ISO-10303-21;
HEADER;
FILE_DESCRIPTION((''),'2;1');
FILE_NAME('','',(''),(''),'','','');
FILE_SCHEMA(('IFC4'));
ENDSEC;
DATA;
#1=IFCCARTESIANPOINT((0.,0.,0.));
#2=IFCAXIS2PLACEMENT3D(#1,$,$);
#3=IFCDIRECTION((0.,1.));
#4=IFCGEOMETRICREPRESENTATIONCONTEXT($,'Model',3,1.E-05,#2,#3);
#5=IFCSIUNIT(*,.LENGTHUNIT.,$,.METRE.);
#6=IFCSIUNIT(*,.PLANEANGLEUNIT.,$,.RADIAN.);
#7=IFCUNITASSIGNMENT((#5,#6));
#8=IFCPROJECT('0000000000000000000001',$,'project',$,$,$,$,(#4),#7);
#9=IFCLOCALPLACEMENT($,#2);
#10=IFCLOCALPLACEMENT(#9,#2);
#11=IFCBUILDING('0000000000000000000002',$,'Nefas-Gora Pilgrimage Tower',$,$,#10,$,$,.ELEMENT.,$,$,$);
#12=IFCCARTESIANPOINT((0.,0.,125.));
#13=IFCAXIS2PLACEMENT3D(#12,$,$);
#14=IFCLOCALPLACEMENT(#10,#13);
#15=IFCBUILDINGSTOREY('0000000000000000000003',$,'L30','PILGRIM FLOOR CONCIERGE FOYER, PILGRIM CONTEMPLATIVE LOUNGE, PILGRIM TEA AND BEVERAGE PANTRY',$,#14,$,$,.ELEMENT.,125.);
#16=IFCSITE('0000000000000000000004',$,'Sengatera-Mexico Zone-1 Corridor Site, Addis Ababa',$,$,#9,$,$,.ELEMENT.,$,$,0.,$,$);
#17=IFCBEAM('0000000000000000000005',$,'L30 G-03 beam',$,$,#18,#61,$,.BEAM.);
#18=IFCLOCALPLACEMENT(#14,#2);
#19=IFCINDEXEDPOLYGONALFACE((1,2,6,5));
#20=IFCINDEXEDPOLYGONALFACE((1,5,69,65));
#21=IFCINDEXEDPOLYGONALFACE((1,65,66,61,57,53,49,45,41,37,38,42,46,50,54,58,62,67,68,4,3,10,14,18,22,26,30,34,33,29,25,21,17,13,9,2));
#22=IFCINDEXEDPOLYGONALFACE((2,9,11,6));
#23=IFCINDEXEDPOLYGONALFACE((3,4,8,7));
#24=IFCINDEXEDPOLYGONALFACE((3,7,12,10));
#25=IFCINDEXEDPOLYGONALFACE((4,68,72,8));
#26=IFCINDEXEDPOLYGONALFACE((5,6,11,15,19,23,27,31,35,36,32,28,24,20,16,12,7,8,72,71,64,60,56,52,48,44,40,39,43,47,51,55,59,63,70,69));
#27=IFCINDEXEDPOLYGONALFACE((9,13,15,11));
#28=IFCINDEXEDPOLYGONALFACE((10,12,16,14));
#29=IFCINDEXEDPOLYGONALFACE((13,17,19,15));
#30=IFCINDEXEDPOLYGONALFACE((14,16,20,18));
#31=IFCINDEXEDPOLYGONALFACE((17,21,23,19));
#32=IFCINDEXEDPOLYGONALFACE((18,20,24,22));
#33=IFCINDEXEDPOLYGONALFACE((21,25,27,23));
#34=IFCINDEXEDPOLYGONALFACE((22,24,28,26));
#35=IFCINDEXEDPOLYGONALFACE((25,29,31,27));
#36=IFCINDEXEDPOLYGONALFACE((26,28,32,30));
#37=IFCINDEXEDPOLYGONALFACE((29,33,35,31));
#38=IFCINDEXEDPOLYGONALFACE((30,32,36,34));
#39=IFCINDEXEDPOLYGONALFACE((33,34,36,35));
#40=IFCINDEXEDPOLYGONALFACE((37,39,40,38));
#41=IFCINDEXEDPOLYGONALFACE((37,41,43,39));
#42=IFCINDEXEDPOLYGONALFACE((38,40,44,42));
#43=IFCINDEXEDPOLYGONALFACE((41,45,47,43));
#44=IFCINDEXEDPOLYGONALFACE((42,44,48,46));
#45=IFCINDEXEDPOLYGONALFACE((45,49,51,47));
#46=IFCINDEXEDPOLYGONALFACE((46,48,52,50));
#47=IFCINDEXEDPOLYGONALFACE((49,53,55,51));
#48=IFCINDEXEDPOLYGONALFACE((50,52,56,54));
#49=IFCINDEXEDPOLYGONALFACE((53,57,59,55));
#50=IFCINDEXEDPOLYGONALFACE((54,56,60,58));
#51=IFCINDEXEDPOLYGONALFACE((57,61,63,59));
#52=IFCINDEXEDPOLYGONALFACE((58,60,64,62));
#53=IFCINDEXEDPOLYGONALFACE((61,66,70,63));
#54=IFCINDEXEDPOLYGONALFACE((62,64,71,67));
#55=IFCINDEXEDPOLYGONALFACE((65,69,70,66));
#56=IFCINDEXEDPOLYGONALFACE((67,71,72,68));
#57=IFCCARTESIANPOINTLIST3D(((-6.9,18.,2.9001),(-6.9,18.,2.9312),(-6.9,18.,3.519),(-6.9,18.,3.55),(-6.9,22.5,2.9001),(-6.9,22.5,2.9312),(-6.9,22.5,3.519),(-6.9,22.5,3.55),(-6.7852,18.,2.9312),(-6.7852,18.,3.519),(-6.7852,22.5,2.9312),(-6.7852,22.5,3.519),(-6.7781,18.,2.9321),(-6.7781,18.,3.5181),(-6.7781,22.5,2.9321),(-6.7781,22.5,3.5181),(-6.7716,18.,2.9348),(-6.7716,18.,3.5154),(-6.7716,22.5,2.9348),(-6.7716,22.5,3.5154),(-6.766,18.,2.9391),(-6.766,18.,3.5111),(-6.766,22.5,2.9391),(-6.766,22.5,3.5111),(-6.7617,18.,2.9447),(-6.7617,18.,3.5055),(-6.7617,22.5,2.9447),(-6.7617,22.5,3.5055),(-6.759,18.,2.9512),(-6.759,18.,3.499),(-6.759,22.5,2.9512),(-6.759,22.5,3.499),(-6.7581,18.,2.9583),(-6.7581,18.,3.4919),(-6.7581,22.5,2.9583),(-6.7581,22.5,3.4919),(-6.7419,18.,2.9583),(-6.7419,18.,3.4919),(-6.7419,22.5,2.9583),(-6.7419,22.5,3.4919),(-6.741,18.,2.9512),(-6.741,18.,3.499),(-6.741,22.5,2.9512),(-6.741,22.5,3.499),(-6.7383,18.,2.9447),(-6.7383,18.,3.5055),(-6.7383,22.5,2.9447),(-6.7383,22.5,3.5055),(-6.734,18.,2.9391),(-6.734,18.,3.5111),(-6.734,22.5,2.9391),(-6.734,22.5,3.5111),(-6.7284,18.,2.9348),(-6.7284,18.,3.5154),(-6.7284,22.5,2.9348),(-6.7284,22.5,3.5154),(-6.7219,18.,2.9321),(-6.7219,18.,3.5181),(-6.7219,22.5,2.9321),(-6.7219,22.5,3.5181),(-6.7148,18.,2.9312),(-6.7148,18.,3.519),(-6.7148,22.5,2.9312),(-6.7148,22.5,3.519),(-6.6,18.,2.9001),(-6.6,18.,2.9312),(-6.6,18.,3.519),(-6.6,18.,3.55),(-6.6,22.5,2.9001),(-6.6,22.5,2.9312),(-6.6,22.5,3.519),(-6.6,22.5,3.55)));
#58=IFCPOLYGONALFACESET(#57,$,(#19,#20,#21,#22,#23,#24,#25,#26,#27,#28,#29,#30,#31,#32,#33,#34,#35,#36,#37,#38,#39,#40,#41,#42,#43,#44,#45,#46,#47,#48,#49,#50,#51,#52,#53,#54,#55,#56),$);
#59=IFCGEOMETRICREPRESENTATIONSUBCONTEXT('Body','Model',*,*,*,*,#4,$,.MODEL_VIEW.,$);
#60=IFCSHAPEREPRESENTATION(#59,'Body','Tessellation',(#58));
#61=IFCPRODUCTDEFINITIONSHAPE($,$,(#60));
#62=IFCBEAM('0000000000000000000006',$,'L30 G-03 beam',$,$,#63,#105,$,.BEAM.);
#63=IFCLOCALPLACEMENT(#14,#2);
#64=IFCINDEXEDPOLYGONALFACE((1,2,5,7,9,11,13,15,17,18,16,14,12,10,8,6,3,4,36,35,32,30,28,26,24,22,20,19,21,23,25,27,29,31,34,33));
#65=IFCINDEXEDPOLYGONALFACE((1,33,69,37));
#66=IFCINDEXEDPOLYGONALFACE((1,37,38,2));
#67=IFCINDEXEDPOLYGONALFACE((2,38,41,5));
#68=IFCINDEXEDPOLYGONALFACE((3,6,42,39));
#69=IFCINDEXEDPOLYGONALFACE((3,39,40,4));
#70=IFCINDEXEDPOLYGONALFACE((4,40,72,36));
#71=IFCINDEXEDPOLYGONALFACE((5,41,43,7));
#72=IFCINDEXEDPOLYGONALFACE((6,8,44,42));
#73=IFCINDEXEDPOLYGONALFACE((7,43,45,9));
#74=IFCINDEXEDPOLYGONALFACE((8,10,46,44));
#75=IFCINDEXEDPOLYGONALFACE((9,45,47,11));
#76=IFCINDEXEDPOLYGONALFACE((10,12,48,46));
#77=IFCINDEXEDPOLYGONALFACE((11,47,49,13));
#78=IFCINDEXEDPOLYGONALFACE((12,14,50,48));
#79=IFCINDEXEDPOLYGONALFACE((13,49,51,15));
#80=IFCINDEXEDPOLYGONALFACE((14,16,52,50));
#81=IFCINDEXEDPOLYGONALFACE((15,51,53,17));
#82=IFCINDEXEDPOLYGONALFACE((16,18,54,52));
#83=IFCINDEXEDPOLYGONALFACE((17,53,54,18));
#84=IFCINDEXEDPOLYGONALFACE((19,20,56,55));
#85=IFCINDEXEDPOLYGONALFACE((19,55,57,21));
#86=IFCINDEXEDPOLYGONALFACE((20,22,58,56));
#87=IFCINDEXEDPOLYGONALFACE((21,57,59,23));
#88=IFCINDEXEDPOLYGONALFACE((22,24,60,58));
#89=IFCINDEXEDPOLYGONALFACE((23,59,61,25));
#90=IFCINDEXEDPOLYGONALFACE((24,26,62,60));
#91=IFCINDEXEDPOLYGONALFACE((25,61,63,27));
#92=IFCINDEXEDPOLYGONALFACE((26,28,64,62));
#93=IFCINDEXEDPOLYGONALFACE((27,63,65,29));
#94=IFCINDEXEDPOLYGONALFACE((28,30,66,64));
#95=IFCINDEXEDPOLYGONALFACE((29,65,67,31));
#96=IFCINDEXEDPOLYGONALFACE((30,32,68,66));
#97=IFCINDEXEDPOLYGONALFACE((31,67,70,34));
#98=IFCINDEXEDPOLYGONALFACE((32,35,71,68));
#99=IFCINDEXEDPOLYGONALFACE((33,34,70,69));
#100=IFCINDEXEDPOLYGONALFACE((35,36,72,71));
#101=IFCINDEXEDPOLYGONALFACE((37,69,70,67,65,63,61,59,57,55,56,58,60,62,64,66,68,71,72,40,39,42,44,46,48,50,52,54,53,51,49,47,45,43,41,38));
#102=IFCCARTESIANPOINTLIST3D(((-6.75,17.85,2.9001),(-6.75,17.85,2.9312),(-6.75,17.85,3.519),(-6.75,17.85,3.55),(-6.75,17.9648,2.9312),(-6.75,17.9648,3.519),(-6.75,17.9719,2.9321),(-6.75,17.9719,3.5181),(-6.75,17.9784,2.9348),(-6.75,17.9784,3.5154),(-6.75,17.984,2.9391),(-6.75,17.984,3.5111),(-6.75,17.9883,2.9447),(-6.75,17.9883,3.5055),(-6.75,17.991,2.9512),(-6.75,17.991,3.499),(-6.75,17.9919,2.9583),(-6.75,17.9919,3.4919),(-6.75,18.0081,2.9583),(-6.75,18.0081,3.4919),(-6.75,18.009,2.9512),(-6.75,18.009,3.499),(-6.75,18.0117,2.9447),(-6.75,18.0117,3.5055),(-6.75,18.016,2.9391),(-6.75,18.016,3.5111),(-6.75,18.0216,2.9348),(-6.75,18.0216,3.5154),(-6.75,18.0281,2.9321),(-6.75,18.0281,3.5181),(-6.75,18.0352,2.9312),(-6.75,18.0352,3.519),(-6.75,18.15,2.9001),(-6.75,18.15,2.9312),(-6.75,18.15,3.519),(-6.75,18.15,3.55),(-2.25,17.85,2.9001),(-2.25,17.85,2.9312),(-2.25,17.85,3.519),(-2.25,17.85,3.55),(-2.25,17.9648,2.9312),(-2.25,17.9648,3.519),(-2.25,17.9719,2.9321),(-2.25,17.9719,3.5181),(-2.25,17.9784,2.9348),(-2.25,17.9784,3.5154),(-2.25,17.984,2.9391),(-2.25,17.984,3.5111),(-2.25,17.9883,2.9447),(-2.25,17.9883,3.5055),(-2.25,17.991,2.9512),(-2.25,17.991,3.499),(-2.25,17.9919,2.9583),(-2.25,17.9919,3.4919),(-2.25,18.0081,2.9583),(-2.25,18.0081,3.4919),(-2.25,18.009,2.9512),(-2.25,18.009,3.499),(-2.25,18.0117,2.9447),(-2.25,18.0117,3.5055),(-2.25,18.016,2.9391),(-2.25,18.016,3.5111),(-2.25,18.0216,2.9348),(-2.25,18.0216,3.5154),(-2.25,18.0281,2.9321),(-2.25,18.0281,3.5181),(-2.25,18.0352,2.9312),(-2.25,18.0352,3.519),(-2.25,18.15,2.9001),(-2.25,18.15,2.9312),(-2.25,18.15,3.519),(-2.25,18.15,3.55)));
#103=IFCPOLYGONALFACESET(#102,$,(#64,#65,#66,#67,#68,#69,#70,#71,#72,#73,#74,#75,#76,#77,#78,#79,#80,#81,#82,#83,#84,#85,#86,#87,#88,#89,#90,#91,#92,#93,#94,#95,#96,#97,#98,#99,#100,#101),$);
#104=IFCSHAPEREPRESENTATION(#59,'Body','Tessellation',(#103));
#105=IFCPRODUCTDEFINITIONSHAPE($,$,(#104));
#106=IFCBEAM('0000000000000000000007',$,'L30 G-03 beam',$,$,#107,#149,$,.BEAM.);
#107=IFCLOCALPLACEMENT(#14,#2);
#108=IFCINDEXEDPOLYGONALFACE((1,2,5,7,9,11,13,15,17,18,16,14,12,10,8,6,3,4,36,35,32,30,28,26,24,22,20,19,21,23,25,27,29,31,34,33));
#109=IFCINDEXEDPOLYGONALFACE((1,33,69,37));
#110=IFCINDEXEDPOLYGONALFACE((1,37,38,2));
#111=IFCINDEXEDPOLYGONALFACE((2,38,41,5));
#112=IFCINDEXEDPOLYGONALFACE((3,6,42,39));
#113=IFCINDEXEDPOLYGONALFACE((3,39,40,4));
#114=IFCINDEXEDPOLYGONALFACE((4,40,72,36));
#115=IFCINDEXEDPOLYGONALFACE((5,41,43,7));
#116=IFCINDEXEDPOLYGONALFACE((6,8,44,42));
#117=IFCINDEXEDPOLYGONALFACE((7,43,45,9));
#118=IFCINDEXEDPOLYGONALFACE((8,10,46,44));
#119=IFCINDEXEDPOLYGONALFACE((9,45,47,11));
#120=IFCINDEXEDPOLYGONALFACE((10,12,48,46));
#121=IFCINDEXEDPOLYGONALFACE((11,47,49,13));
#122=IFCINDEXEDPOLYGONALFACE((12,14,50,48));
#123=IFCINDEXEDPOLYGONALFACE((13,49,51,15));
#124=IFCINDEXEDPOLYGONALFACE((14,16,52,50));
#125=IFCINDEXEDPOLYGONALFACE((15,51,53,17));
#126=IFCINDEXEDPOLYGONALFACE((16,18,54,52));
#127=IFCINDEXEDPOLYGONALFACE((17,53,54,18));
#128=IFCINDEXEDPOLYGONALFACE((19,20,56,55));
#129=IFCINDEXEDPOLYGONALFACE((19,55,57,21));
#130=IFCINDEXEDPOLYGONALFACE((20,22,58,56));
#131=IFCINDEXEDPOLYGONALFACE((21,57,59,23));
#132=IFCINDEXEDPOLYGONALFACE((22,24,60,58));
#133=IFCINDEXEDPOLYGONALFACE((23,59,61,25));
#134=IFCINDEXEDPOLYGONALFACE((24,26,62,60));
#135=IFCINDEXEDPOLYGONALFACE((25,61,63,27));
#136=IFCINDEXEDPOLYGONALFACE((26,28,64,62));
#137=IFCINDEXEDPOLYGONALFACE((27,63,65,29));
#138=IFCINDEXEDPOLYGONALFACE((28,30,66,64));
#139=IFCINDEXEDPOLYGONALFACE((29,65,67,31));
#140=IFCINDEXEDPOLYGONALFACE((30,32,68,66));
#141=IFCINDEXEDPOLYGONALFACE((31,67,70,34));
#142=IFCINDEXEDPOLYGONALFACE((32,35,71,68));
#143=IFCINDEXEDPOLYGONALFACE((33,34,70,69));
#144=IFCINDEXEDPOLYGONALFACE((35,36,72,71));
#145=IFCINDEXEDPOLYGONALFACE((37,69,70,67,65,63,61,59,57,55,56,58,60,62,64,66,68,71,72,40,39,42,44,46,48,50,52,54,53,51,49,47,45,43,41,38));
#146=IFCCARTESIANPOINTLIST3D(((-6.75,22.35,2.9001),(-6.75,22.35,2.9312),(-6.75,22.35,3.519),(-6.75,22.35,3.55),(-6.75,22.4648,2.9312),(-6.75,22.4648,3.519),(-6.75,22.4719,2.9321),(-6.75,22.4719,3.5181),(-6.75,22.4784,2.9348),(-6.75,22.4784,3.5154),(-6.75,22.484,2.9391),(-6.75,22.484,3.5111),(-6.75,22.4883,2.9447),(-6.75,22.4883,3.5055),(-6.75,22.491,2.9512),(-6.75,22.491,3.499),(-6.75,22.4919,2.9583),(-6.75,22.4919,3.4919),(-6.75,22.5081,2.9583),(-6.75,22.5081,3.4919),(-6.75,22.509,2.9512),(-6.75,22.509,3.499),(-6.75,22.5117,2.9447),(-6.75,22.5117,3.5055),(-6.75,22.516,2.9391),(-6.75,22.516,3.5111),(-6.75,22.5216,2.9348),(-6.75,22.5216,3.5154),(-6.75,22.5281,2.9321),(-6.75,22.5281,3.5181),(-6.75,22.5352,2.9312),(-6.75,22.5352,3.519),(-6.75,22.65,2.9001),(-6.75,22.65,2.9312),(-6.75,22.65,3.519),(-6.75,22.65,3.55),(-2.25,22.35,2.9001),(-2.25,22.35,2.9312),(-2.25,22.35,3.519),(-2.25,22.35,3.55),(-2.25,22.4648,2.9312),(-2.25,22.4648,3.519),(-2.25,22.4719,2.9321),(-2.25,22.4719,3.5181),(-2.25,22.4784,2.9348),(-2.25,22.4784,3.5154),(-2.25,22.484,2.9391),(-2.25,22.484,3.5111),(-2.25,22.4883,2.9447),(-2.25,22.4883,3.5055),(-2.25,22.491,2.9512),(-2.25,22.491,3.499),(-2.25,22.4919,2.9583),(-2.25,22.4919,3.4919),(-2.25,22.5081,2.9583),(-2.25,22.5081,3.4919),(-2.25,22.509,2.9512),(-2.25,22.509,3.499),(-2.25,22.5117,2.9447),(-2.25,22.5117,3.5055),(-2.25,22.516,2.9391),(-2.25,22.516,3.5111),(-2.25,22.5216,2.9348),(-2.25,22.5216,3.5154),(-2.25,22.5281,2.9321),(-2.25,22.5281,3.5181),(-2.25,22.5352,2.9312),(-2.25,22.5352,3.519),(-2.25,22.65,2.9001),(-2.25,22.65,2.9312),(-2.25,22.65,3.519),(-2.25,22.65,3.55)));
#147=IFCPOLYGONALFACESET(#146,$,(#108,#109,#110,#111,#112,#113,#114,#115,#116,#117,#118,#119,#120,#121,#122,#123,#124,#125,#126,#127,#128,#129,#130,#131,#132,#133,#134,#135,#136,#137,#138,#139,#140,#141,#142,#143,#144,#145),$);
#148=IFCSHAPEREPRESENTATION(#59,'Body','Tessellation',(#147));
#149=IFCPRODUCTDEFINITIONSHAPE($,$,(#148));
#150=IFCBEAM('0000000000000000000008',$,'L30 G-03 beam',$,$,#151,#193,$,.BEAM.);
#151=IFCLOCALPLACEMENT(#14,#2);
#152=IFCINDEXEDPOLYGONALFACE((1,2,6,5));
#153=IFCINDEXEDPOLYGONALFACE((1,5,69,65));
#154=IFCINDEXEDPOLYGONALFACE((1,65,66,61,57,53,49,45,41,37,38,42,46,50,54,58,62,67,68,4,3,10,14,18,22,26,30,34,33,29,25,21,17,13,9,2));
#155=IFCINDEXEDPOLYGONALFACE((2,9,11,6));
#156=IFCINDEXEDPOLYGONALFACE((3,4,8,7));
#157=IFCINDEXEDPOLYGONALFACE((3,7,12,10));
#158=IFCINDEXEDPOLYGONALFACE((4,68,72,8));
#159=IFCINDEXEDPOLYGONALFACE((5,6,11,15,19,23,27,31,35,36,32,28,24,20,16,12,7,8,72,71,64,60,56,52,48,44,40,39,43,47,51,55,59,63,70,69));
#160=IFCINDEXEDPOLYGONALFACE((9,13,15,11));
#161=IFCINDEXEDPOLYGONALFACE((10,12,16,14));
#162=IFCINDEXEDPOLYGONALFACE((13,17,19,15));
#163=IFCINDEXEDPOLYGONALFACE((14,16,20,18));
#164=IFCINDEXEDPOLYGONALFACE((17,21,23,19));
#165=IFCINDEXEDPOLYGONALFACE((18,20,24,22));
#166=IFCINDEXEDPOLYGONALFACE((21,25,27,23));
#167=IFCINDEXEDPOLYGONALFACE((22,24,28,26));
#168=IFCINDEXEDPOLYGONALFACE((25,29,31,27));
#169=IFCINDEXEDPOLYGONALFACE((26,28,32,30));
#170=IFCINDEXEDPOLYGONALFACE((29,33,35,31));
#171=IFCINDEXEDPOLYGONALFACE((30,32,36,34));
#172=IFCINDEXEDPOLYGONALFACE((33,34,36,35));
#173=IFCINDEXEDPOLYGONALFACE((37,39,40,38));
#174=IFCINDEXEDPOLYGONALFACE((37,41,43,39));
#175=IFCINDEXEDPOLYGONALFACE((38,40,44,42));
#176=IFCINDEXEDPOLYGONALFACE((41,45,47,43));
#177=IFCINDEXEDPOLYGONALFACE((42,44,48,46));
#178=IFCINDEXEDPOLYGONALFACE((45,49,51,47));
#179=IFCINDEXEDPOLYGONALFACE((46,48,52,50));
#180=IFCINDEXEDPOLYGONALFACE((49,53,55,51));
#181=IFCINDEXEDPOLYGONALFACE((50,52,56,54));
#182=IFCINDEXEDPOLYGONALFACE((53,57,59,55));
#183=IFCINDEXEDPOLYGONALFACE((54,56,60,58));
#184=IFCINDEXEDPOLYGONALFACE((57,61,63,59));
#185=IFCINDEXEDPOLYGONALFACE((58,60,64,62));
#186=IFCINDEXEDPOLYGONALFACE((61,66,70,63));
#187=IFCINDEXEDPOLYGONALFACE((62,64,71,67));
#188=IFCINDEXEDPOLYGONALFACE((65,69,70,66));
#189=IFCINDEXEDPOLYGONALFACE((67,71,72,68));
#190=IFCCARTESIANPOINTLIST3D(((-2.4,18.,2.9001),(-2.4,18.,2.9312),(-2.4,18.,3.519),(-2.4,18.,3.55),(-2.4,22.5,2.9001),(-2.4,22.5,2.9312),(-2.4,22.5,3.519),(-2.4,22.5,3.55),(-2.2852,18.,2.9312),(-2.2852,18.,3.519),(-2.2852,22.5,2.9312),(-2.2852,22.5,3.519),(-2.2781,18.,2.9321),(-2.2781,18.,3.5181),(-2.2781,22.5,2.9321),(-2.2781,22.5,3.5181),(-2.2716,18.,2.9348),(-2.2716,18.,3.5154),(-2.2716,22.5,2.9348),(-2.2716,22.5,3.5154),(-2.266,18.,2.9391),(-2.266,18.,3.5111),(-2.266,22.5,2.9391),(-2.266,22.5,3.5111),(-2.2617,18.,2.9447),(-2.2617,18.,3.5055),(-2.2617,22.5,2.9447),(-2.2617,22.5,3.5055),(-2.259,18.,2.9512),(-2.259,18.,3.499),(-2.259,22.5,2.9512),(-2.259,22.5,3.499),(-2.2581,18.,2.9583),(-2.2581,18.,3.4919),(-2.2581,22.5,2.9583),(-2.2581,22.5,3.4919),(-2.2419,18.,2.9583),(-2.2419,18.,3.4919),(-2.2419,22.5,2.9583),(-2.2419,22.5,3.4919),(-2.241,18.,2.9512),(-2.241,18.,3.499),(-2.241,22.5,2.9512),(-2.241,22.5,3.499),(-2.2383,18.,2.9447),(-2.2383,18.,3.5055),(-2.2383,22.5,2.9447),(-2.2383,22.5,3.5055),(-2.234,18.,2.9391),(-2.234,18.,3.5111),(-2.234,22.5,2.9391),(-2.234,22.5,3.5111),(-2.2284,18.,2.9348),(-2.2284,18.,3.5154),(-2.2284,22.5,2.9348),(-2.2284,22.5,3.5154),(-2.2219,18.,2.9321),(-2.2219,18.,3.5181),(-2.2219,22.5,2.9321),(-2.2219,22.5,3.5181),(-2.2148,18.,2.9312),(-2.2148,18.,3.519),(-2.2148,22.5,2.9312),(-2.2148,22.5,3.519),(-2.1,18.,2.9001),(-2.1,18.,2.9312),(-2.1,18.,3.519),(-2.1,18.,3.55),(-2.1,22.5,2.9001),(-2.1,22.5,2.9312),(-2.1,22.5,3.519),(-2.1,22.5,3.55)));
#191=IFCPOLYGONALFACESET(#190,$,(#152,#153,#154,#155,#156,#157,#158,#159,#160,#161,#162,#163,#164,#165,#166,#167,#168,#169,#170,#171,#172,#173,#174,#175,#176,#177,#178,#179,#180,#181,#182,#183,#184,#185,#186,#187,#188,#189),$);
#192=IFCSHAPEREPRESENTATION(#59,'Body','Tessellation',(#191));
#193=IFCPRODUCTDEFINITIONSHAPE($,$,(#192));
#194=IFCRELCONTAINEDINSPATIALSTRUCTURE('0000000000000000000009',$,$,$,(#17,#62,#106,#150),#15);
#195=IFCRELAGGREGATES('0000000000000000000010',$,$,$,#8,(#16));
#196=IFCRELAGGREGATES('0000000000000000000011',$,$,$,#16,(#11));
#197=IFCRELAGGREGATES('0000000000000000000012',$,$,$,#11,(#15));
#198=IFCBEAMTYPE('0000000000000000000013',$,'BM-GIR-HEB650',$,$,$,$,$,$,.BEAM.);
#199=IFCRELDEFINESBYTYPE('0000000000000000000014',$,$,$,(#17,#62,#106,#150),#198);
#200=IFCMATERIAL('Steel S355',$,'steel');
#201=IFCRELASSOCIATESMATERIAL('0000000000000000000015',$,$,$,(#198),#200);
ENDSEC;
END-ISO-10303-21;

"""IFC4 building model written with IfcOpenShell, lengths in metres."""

from ifc_helpers import new_model, si_unit, direction, frame, origin, origin_2d, place, context, subcontext, project, spatial, i_section, extrude, source, transform, mapped, material, material_profile, profile_set, type_object, element, save


model = new_model("IFC4")

# Units and contexts
model_context = context("Model", 3, precision=1e-05, world=origin(), true_north=direction((0.0, 1.0)))
body_context = subcontext(model_context, "Body", "Model", "MODEL_VIEW")
ifc_project = project(units=[si_unit("LENGTHUNIT", "METRE"), si_unit("PLANEANGLEUNIT", "RADIAN")], contexts=[model_context])

# Site, building, storey
site_placement = place(None, origin())
site = spatial("IfcSite", under=ifc_project, at=site_placement, Name="Sengatera-Mexico Zone-1 Corridor Site, Addis Ababa", CompositionType="ELEMENT", RefElevation=0.0)
building_placement = place(site_placement, origin())
building = spatial("IfcBuilding", under=site, at=building_placement, Name="Nefas-Gora Pilgrimage Tower", CompositionType="ELEMENT")
storey_placement = place(building_placement, frame((0.0, 0.0, 125.0)))
storey = spatial("IfcBuildingStorey", under=building, at=storey_placement, Name="L30", Description="PILGRIM FLOOR CONCIERGE FOYER, PILGRIM CONTEMPLATIVE LOUNGE, PILGRIM TEA AND BEVERAGE PANTRY", CompositionType="ELEMENT", Elevation=125.0)

# Beams
ifc_material_1 = material(Name="Steel S355", Category="steel")
ifc_material_profile_1 = material_profile(ifc_material_1, i_section(OverallWidth=0.3, OverallDepth=0.6499, WebThickness=0.0161, FlangeThickness=0.031, FilletRadius=0.0271, at=origin_2d()), Name="HEB 650")
ifc_profile_set_1 = profile_set([ifc_material_profile_1], Name="Steel S355")
beam_type_1 = type_object("IfcBeamType", Name="BM-GIR-HEB650", PredefinedType="BEAM", material=ifc_profile_set_1)
shared_shape_1 = source(origin(), body_context, "Body", "SweptSolid", [
    extrude(i_section(OverallWidth=0.3, OverallDepth=0.6499, WebThickness=0.0161, FlangeThickness=0.031, FilletRadius=0.0271, at=origin_2d()), origin(), (0.0, 0.0, 1.0), 4.5),
])
for number, where, z_axis, x_axis, name in (
    (1, (-6.75, 18.0, 3.2251), (0.0, 1.0, 0.0), (-1.0, 0.0, 0.0), "L30 G-03 beam"),
    (2, (-6.75, 18.0, 3.2251), (1.0, 0.0, 0.0), (0.0, 1.0, 0.0), "L30 G-03 beam"),
    (3, (-6.75, 22.5, 3.2251), (1.0, 0.0, 0.0), (0.0, 1.0, 0.0), "L30 G-03 beam"),
    (4, (-2.25, 18.0, 3.2251), (0.0, 1.0, 0.0), (-1.0, 0.0, 0.0), "L30 G-03 beam"),
):
    element("IfcBeam", number, at=place(storey_placement, frame(where, z_axis=z_axis, x_axis=x_axis)), inside=storey, type_object=beam_type_1, Name=name, PredefinedType="BEAM", context=body_context, shape_type="MappedRepresentation", body=[
        mapped(shared_shape_1, transform((0.0, 0.0, 0.0), x_axis=(1.0, 0.0, 0.0), y_axis=(0.0, 1.0, 0.0), z_axis=(0.0, 0.0, 1.0), scale=1.0)),
    ])

save(model, "model.ifc")
